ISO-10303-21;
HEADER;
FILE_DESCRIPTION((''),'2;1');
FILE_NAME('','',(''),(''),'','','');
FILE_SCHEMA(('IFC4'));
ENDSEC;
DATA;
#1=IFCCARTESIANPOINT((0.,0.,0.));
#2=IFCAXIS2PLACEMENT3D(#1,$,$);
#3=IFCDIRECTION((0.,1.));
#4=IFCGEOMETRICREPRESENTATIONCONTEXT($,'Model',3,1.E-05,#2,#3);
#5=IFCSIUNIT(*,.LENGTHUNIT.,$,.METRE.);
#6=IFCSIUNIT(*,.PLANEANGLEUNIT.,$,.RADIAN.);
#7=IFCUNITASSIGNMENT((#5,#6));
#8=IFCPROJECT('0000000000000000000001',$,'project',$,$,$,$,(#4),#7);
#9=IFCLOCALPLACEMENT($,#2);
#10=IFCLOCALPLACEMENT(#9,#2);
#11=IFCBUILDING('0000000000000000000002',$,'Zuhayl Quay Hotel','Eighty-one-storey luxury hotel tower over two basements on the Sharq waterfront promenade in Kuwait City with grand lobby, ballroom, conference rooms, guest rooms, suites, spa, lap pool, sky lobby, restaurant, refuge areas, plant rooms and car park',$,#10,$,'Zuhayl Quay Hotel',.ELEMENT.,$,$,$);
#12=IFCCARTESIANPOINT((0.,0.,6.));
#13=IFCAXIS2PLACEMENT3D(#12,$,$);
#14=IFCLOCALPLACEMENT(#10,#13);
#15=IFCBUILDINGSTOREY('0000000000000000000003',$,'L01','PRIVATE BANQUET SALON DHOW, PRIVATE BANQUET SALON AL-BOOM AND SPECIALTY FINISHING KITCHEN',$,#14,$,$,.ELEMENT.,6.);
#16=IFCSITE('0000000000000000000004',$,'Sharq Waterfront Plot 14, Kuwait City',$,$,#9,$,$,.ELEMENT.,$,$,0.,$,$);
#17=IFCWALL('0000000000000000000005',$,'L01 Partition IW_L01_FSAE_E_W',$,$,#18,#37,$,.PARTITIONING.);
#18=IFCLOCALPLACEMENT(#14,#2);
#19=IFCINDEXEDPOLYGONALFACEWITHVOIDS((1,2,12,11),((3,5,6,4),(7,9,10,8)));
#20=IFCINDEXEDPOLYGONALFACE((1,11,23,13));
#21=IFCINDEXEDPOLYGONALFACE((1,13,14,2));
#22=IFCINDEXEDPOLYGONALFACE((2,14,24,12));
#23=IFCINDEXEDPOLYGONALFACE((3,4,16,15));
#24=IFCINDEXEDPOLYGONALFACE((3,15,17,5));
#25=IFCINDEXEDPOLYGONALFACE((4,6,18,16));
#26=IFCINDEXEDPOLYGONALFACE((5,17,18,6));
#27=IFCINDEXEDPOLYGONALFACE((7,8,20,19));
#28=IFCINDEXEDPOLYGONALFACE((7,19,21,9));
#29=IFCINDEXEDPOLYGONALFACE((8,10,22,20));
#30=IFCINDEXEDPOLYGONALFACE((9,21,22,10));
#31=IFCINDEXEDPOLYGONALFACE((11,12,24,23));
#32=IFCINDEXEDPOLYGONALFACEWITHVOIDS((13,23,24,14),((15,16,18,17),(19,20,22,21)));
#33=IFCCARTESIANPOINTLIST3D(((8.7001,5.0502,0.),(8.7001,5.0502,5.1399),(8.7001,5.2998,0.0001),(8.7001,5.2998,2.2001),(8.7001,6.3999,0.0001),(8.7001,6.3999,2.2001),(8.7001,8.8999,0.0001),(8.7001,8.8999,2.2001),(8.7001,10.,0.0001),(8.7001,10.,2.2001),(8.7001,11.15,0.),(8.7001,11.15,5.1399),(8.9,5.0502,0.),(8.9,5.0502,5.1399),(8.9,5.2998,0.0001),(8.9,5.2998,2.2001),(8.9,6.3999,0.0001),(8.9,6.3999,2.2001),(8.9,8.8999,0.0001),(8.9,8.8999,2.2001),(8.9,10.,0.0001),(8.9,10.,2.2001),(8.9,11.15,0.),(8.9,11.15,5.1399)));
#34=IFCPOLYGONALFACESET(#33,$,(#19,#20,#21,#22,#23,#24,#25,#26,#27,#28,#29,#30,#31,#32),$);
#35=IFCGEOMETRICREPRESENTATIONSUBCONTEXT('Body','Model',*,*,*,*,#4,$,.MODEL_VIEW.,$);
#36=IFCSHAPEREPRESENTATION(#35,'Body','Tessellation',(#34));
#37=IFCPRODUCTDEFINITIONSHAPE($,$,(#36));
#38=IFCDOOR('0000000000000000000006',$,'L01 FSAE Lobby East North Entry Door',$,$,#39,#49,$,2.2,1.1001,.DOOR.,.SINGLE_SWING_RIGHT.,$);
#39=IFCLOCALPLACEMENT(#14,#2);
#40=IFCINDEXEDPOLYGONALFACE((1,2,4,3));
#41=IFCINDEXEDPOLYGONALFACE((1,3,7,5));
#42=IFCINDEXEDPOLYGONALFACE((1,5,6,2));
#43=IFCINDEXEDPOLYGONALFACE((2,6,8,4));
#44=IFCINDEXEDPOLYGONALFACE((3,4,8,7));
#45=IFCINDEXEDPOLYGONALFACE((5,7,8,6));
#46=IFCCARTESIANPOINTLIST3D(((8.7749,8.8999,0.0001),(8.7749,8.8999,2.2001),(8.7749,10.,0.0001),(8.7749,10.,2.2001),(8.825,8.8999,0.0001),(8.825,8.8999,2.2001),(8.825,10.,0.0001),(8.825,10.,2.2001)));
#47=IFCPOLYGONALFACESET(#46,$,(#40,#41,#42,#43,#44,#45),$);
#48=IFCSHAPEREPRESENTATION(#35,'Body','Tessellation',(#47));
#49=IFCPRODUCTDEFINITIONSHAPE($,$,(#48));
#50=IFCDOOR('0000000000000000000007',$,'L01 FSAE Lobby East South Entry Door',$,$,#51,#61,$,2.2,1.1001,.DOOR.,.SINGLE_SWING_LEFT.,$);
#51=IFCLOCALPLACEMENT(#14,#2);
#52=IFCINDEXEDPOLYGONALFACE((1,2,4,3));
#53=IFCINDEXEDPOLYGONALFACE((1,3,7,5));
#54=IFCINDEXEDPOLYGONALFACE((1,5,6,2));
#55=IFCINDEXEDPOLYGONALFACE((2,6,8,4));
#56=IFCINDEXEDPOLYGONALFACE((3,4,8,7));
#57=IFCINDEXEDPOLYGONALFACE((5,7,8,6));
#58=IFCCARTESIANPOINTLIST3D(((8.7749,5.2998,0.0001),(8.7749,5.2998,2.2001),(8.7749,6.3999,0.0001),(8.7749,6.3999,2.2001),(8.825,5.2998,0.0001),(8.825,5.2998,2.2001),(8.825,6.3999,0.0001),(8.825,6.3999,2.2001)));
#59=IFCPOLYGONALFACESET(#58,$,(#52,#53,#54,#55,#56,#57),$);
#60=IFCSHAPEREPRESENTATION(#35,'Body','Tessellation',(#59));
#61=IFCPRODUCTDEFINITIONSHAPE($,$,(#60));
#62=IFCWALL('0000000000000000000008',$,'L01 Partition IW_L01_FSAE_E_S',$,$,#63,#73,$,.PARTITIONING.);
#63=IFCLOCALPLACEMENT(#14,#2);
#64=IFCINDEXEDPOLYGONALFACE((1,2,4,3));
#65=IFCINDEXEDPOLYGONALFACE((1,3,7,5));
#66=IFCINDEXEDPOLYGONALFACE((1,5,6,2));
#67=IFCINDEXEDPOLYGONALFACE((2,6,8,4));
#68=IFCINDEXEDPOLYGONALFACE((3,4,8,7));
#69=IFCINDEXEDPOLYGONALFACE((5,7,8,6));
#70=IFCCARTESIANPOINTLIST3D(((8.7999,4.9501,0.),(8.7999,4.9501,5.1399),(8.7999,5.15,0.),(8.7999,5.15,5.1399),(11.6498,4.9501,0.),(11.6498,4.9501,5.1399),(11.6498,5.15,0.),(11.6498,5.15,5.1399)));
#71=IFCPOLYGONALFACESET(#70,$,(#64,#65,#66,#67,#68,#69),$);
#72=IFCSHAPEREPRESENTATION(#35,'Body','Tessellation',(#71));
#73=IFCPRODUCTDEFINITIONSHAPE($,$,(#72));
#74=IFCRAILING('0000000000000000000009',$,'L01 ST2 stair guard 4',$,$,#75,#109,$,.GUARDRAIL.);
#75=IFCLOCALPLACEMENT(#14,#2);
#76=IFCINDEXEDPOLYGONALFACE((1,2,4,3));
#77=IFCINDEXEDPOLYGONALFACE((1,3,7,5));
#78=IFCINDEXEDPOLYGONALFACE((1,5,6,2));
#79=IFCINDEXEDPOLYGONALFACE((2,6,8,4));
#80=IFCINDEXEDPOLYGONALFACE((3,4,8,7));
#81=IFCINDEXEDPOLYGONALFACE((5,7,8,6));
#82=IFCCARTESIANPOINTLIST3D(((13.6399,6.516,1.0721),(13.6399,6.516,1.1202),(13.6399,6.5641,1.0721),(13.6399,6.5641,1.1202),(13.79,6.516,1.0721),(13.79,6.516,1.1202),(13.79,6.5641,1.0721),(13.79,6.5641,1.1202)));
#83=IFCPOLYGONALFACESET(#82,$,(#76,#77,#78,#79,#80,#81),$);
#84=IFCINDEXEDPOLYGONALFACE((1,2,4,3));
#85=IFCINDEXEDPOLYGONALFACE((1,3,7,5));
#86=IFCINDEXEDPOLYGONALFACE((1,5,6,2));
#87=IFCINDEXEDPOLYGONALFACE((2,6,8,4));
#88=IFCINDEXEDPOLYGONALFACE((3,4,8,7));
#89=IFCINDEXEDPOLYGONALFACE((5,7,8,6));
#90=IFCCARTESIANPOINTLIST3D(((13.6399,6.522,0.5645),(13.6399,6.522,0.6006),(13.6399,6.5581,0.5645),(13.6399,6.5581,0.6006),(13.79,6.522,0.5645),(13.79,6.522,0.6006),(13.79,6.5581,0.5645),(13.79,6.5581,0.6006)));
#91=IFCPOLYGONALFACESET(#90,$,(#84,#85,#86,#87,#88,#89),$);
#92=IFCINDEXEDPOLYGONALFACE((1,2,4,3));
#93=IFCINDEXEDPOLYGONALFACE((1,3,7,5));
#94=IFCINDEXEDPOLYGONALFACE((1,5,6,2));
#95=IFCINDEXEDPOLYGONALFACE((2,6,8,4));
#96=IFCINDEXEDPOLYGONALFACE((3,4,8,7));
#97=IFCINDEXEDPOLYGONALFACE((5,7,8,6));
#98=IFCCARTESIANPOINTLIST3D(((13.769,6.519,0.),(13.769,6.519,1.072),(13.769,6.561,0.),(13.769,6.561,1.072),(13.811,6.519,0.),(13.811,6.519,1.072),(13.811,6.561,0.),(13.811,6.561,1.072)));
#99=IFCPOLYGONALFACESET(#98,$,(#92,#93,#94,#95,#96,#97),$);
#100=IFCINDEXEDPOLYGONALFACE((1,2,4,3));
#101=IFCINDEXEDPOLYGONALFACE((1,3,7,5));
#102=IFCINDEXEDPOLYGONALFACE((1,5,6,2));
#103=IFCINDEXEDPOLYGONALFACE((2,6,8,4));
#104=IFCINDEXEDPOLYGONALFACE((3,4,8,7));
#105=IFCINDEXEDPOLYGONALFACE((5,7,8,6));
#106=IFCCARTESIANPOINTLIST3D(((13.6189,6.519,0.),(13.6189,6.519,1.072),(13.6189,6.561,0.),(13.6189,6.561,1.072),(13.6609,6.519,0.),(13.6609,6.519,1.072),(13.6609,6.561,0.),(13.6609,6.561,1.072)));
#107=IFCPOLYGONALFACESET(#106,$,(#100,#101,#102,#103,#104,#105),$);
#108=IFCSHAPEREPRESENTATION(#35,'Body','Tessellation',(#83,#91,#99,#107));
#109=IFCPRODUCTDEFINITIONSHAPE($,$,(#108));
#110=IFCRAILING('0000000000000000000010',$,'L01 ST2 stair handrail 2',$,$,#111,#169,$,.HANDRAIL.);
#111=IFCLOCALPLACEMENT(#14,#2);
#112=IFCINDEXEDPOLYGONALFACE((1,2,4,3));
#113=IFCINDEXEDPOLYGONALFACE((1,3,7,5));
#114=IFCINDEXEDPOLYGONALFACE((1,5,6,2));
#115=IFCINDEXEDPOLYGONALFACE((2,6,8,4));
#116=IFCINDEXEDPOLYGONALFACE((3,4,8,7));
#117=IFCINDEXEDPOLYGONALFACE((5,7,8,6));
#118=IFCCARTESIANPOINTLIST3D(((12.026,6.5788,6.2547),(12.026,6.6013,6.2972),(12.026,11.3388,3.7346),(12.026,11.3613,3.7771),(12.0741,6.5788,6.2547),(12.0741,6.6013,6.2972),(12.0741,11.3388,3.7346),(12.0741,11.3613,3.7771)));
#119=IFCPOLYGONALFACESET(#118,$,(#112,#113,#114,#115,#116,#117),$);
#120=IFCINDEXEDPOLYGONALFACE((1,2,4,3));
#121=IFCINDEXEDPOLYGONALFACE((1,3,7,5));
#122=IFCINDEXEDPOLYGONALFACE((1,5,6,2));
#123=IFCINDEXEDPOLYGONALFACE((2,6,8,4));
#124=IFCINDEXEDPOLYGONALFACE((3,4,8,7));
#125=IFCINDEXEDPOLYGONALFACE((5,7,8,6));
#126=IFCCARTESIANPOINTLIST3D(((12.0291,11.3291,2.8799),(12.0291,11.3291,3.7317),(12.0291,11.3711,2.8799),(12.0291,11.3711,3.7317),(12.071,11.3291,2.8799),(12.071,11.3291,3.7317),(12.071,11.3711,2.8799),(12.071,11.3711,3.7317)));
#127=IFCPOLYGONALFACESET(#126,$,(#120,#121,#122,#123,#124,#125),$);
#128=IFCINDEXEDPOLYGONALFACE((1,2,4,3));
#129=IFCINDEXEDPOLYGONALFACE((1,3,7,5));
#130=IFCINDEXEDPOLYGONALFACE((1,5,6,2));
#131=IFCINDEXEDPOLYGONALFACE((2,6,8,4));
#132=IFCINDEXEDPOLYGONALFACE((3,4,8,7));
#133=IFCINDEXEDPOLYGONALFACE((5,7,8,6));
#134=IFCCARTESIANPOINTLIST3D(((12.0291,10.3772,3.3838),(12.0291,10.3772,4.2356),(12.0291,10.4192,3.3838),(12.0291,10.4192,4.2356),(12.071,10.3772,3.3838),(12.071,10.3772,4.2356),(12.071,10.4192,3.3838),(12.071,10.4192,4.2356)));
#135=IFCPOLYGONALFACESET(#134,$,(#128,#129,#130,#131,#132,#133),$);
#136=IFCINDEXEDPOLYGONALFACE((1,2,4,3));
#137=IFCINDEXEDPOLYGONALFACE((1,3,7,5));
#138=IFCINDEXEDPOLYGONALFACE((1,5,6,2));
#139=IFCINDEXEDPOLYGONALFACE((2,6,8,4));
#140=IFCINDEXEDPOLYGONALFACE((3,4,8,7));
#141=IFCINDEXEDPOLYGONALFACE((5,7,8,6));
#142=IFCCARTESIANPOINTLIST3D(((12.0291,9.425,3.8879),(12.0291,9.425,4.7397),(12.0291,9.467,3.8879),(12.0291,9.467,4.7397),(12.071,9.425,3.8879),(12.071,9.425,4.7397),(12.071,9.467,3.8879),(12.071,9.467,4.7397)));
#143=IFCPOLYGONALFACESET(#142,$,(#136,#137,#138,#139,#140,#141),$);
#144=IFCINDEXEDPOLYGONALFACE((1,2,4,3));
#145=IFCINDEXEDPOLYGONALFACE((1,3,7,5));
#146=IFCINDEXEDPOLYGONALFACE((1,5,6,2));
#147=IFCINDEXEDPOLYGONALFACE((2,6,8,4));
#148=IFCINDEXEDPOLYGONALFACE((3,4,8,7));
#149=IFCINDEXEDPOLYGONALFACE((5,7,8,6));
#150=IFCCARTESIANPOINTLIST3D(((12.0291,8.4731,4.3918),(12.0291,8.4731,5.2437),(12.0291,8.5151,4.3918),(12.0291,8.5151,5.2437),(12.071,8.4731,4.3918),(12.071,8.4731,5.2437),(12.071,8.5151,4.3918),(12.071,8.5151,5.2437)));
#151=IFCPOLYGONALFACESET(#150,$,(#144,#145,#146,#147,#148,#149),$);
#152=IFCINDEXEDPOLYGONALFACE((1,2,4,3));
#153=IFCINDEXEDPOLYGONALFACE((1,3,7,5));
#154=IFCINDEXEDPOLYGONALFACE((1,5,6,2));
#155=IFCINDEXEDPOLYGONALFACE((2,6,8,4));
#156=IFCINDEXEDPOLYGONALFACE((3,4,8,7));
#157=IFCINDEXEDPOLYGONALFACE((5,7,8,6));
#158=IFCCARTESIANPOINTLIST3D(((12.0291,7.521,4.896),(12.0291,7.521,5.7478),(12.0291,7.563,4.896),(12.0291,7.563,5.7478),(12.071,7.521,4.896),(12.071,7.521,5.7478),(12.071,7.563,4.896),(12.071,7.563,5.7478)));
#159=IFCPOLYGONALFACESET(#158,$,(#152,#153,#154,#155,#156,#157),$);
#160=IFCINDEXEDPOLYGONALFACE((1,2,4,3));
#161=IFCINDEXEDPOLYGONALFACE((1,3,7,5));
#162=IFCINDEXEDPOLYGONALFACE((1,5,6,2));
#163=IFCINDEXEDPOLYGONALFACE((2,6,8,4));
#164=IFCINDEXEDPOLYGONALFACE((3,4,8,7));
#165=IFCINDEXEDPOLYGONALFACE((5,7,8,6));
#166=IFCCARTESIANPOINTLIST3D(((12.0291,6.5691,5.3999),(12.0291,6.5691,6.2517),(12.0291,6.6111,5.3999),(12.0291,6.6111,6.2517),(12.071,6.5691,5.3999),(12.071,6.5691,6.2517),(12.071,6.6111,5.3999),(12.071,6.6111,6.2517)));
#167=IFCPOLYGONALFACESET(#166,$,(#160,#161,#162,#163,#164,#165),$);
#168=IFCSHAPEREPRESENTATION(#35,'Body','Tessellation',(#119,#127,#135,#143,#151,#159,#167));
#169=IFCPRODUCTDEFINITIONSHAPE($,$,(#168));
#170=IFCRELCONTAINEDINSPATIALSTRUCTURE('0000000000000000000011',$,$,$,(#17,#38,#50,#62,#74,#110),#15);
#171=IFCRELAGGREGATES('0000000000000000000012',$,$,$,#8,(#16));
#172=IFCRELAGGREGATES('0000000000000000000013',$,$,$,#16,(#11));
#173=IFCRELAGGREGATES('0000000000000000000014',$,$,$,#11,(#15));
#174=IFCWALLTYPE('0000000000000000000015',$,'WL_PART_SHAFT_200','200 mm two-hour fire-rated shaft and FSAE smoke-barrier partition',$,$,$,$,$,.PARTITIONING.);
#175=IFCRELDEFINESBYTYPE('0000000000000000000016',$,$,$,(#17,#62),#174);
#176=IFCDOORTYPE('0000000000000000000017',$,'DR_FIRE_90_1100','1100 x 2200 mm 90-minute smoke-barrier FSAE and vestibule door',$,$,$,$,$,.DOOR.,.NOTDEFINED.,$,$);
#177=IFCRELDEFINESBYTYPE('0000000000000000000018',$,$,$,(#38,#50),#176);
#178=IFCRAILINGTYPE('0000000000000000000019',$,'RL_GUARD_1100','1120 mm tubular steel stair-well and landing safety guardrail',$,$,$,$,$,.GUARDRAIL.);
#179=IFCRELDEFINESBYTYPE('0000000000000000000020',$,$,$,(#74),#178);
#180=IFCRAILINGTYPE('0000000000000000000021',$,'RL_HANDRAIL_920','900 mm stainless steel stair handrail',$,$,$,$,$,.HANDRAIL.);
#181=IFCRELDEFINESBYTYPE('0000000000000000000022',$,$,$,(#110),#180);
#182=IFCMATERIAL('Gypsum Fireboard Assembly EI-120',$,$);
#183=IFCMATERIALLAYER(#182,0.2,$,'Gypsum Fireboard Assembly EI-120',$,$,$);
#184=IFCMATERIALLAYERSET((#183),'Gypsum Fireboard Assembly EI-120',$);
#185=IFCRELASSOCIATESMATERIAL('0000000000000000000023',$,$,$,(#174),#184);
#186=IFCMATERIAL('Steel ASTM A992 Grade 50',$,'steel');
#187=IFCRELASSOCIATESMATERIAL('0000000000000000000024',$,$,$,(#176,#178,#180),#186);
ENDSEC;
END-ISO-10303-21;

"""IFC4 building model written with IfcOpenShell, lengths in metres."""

from ifc_helpers import new_model, si_unit, direction, frame, frame_2d, origin, origin_2d, place, context, subcontext, project, spatial, rectangle, extrude, material, layer, layer_set, type_object, element, fill, save


model = new_model("IFC4")

# Units and contexts
model_context = context("Model", 3, precision=1e-05, world=origin(), true_north=direction((0.0, 1.0)))
body_context = subcontext(model_context, "Body", "Model", "MODEL_VIEW")
ifc_project = project(units=[si_unit("LENGTHUNIT", "METRE"), si_unit("PLANEANGLEUNIT", "RADIAN")], contexts=[model_context])

# Site, building, storey
site_placement = place(None, origin())
site = spatial("IfcSite", under=ifc_project, at=site_placement, Name="Sharq Waterfront Plot 14, Kuwait City", CompositionType="ELEMENT", RefElevation=0.0)
building_placement = place(site_placement, origin())
building = spatial("IfcBuilding", under=site, at=building_placement, Name="Zuhayl Quay Hotel", Description="Eighty-one-storey luxury hotel tower over two basements on the Sharq waterfront promenade in Kuwait City with grand lobby, ballroom, conference rooms, guest rooms, suites, spa, lap pool, sky lobby, restaurant, refuge areas, plant rooms and car park", LongName="Zuhayl Quay Hotel", CompositionType="ELEMENT")
storey_placement = place(building_placement, frame((0.0, 0.0, 6.0)))
storey = spatial("IfcBuildingStorey", under=building, at=storey_placement, Name="L01", Description="PRIVATE BANQUET SALON DHOW, PRIVATE BANQUET SALON AL-BOOM AND SPECIALTY FINISHING KITCHEN", CompositionType="ELEMENT", Elevation=6.0)

# Shared definitions
ifc_material_1 = material(Name="Steel ASTM A992 Grade 50", Category="steel")

# Wall, openings, doors
ifc_material_2 = material(Name="Gypsum Fireboard Assembly EI-120")
ifc_layer_1 = layer(ifc_material_2, 0.2, Name="Gypsum Fireboard Assembly EI-120")
ifc_layer_set_1 = layer_set([ifc_layer_1], Name="Gypsum Fireboard Assembly EI-120")
wall_type_1 = type_object("IfcWallType", Name="WL_PART_SHAFT_200", Description="200 mm two-hour fire-rated shaft and FSAE smoke-barrier partition", PredefinedType="PARTITIONING", material=ifc_layer_set_1)
wall_1_placement = place(storey_placement, frame((8.8, 11.1499, 0.0), z_axis=(0.0, 0.0, 1.0), x_axis=(0.0, -1.0, 0.0)))
wall_1 = element("IfcWall", 1, at=wall_1_placement, inside=storey, type_object=wall_type_1, Name="L01 Partition IW_L01_FSAE_E_W", PredefinedType="PARTITIONING", context=body_context, shape_type="SweptSolid", body=[
    extrude(rectangle(XDim=6.0999, YDim=0.2, at=frame_2d((3.0498, 0.0))), origin(), (0.0, 0.0, 1.0), 5.1399),
])
opening_1_placement = place(wall_1_placement, frame((1.1499, 0.0, 0.0)))
opening_1 = element("IfcOpeningElement", 2, at=opening_1_placement, cuts=wall_1, PredefinedType="OPENING", context=body_context, shape_type="SweptSolid", body=[
    extrude(rectangle(XDim=1.1001, YDim=2.2, at=frame_2d((0.55, 1.1001))), frame((0.0, 0.1099, 0.0), z_axis=(0.0, -1.0, 0.0), x_axis=(1.0, 0.0, 0.0)), (0.0, 0.0, 1.0), 0.22),
])
opening_2_placement = place(wall_1_placement, frame((4.75, 0.0, 0.0)))
opening_2 = element("IfcOpeningElement", 3, at=opening_2_placement, cuts=wall_1, PredefinedType="OPENING", context=body_context, shape_type="SweptSolid", body=[
    extrude(rectangle(XDim=1.1001, YDim=2.2, at=frame_2d((0.55, 1.1001))), frame((0.0, 0.1099, 0.0), z_axis=(0.0, -1.0, 0.0), x_axis=(1.0, 0.0, 0.0)), (0.0, 0.0, 1.0), 0.22),
])
door_type_1 = type_object("IfcDoorType", Name="DR_FIRE_90_1100", Description="1100 x 2200 mm 90-minute smoke-barrier FSAE and vestibule door", OperationType="NOTDEFINED", PredefinedType="DOOR", material=ifc_material_1)
door_1_placement = place(opening_1_placement, origin())
door_1 = element("IfcDoor", 4, at=door_1_placement, inside=storey, type_object=door_type_1, Name="L01 FSAE Lobby East North Entry Door", OperationType="SINGLE_SWING_RIGHT", OverallHeight=2.2, OverallWidth=1.1001, PredefinedType="DOOR", context=body_context, shape_type="SweptSolid", body=[
    extrude(rectangle(XDim=1.1001, YDim=2.2, at=frame_2d((0.55, 1.1001))), frame((0.0, 0.0249, 0.0), z_axis=(0.0, -1.0, 0.0), x_axis=(1.0, 0.0, 0.0)), (0.0, 0.0, 1.0), 0.05),
])
fill(opening_1, door_1)
door_2_placement = place(opening_2_placement, origin())
door_2 = element("IfcDoor", 5, at=door_2_placement, inside=storey, type_object=door_type_1, Name="L01 FSAE Lobby East South Entry Door", OperationType="SINGLE_SWING_LEFT", OverallHeight=2.2, OverallWidth=1.1001, PredefinedType="DOOR", context=body_context, shape_type="SweptSolid", body=[
    extrude(rectangle(XDim=1.1001, YDim=2.2, at=frame_2d((0.55, 1.1001))), frame((0.0, 0.0249, 0.0), z_axis=(0.0, -1.0, 0.0), x_axis=(1.0, 0.0, 0.0)), (0.0, 0.0, 1.0), 0.05),
])
fill(opening_2, door_2)

# Wall
wall_2_placement = place(storey_placement, frame((8.8, 5.05, 0.0), z_axis=(0.0, 0.0, 1.0), x_axis=(1.0, 0.0, 0.0)))
element("IfcWall", 6, at=wall_2_placement, inside=storey, type_object=wall_type_1, Name="L01 Partition IW_L01_FSAE_E_S", PredefinedType="PARTITIONING", context=body_context, shape_type="SweptSolid", body=[
    extrude(rectangle(XDim=2.8499, YDim=0.2, at=frame_2d((1.4248, 0.0))), origin(), (0.0, 0.0, 1.0), 5.1399),
])

# Railings
railing_type_1 = type_object("IfcRailingType", Name="RL_GUARD_1100", Description="1120 mm tubular steel stair-well and landing safety guardrail", PredefinedType="GUARDRAIL", material=ifc_material_1)
railing_1_placement = place(storey_placement, frame((13.79, 6.54, 0.0)))
element("IfcRailing", 7, at=railing_1_placement, inside=storey, type_object=railing_type_1, Name="L01 ST2 stair guard 4", PredefinedType="GUARDRAIL", context=body_context, shape_type="SweptSolid", body=[
    extrude(rectangle(XDim=0.0481, YDim=0.0481, at=origin_2d()), frame((0.0, 0.0, 1.0962), z_axis=(-1.0, 0.0, 0.0), x_axis=(0.0, -1.0, 0.0)), (0.0, 0.0, 1.0), 0.1501),
    extrude(rectangle(XDim=0.0361, YDim=0.0361, at=origin_2d()), frame((0.0, 0.0, 0.5825), z_axis=(-1.0, 0.0, 0.0), x_axis=(0.0, -1.0, 0.0)), (0.0, 0.0, 1.0), 0.1501),
    extrude(rectangle(XDim=0.042, YDim=0.042, at=origin_2d()), origin(), (0.0, 0.0, 1.0), 1.072),
    extrude(rectangle(XDim=0.042, YDim=0.042, at=origin_2d()), frame((-0.1501, 0.0, 0.0)), (0.0, 0.0, 1.0), 1.072),
])
railing_type_2 = type_object("IfcRailingType", Name="RL_HANDRAIL_920", Description="900 mm stainless steel stair handrail", PredefinedType="HANDRAIL", material=ifc_material_1)
railing_2_placement = place(storey_placement, frame((12.05, 11.3501, 2.8799)))
element("IfcRailing", 8, at=railing_2_placement, inside=storey, type_object=railing_type_2, Name="L01 ST2 stair handrail 2", PredefinedType="HANDRAIL", context=body_context, shape_type="SweptSolid", body=[
    extrude(rectangle(XDim=0.0481, YDim=0.0481, at=origin_2d()), frame((0.0, 0.0, 0.876), z_axis=(0.0, -0.883787, 0.46789), x_axis=(1.0, 0.0, 0.0)), (0.0, 0.0, 1.0), 5.386),
    extrude(rectangle(XDim=0.042, YDim=0.042, at=origin_2d()), origin(), (0.0, 0.0, 1.0), 0.8518),
    extrude(rectangle(XDim=0.042, YDim=0.042, at=origin_2d()), frame((0.0, -0.9519, 0.5039)), (0.0, 0.0, 1.0), 0.8518),
    extrude(rectangle(XDim=0.042, YDim=0.042, at=origin_2d()), frame((0.0, -1.9041, 1.0081)), (0.0, 0.0, 1.0), 0.8518),
    extrude(rectangle(XDim=0.042, YDim=0.042, at=origin_2d()), frame((0.0, -2.856, 1.512)), (0.0, 0.0, 1.0), 0.8518),
    extrude(rectangle(XDim=0.042, YDim=0.042, at=origin_2d()), frame((0.0, -3.8081, 2.0161)), (0.0, 0.0, 1.0), 0.8518),
    extrude(rectangle(XDim=0.042, YDim=0.042, at=origin_2d()), frame((0.0, -4.76, 2.52)), (0.0, 0.0, 1.0), 0.8518),
])

save(model, "model.ifc")
